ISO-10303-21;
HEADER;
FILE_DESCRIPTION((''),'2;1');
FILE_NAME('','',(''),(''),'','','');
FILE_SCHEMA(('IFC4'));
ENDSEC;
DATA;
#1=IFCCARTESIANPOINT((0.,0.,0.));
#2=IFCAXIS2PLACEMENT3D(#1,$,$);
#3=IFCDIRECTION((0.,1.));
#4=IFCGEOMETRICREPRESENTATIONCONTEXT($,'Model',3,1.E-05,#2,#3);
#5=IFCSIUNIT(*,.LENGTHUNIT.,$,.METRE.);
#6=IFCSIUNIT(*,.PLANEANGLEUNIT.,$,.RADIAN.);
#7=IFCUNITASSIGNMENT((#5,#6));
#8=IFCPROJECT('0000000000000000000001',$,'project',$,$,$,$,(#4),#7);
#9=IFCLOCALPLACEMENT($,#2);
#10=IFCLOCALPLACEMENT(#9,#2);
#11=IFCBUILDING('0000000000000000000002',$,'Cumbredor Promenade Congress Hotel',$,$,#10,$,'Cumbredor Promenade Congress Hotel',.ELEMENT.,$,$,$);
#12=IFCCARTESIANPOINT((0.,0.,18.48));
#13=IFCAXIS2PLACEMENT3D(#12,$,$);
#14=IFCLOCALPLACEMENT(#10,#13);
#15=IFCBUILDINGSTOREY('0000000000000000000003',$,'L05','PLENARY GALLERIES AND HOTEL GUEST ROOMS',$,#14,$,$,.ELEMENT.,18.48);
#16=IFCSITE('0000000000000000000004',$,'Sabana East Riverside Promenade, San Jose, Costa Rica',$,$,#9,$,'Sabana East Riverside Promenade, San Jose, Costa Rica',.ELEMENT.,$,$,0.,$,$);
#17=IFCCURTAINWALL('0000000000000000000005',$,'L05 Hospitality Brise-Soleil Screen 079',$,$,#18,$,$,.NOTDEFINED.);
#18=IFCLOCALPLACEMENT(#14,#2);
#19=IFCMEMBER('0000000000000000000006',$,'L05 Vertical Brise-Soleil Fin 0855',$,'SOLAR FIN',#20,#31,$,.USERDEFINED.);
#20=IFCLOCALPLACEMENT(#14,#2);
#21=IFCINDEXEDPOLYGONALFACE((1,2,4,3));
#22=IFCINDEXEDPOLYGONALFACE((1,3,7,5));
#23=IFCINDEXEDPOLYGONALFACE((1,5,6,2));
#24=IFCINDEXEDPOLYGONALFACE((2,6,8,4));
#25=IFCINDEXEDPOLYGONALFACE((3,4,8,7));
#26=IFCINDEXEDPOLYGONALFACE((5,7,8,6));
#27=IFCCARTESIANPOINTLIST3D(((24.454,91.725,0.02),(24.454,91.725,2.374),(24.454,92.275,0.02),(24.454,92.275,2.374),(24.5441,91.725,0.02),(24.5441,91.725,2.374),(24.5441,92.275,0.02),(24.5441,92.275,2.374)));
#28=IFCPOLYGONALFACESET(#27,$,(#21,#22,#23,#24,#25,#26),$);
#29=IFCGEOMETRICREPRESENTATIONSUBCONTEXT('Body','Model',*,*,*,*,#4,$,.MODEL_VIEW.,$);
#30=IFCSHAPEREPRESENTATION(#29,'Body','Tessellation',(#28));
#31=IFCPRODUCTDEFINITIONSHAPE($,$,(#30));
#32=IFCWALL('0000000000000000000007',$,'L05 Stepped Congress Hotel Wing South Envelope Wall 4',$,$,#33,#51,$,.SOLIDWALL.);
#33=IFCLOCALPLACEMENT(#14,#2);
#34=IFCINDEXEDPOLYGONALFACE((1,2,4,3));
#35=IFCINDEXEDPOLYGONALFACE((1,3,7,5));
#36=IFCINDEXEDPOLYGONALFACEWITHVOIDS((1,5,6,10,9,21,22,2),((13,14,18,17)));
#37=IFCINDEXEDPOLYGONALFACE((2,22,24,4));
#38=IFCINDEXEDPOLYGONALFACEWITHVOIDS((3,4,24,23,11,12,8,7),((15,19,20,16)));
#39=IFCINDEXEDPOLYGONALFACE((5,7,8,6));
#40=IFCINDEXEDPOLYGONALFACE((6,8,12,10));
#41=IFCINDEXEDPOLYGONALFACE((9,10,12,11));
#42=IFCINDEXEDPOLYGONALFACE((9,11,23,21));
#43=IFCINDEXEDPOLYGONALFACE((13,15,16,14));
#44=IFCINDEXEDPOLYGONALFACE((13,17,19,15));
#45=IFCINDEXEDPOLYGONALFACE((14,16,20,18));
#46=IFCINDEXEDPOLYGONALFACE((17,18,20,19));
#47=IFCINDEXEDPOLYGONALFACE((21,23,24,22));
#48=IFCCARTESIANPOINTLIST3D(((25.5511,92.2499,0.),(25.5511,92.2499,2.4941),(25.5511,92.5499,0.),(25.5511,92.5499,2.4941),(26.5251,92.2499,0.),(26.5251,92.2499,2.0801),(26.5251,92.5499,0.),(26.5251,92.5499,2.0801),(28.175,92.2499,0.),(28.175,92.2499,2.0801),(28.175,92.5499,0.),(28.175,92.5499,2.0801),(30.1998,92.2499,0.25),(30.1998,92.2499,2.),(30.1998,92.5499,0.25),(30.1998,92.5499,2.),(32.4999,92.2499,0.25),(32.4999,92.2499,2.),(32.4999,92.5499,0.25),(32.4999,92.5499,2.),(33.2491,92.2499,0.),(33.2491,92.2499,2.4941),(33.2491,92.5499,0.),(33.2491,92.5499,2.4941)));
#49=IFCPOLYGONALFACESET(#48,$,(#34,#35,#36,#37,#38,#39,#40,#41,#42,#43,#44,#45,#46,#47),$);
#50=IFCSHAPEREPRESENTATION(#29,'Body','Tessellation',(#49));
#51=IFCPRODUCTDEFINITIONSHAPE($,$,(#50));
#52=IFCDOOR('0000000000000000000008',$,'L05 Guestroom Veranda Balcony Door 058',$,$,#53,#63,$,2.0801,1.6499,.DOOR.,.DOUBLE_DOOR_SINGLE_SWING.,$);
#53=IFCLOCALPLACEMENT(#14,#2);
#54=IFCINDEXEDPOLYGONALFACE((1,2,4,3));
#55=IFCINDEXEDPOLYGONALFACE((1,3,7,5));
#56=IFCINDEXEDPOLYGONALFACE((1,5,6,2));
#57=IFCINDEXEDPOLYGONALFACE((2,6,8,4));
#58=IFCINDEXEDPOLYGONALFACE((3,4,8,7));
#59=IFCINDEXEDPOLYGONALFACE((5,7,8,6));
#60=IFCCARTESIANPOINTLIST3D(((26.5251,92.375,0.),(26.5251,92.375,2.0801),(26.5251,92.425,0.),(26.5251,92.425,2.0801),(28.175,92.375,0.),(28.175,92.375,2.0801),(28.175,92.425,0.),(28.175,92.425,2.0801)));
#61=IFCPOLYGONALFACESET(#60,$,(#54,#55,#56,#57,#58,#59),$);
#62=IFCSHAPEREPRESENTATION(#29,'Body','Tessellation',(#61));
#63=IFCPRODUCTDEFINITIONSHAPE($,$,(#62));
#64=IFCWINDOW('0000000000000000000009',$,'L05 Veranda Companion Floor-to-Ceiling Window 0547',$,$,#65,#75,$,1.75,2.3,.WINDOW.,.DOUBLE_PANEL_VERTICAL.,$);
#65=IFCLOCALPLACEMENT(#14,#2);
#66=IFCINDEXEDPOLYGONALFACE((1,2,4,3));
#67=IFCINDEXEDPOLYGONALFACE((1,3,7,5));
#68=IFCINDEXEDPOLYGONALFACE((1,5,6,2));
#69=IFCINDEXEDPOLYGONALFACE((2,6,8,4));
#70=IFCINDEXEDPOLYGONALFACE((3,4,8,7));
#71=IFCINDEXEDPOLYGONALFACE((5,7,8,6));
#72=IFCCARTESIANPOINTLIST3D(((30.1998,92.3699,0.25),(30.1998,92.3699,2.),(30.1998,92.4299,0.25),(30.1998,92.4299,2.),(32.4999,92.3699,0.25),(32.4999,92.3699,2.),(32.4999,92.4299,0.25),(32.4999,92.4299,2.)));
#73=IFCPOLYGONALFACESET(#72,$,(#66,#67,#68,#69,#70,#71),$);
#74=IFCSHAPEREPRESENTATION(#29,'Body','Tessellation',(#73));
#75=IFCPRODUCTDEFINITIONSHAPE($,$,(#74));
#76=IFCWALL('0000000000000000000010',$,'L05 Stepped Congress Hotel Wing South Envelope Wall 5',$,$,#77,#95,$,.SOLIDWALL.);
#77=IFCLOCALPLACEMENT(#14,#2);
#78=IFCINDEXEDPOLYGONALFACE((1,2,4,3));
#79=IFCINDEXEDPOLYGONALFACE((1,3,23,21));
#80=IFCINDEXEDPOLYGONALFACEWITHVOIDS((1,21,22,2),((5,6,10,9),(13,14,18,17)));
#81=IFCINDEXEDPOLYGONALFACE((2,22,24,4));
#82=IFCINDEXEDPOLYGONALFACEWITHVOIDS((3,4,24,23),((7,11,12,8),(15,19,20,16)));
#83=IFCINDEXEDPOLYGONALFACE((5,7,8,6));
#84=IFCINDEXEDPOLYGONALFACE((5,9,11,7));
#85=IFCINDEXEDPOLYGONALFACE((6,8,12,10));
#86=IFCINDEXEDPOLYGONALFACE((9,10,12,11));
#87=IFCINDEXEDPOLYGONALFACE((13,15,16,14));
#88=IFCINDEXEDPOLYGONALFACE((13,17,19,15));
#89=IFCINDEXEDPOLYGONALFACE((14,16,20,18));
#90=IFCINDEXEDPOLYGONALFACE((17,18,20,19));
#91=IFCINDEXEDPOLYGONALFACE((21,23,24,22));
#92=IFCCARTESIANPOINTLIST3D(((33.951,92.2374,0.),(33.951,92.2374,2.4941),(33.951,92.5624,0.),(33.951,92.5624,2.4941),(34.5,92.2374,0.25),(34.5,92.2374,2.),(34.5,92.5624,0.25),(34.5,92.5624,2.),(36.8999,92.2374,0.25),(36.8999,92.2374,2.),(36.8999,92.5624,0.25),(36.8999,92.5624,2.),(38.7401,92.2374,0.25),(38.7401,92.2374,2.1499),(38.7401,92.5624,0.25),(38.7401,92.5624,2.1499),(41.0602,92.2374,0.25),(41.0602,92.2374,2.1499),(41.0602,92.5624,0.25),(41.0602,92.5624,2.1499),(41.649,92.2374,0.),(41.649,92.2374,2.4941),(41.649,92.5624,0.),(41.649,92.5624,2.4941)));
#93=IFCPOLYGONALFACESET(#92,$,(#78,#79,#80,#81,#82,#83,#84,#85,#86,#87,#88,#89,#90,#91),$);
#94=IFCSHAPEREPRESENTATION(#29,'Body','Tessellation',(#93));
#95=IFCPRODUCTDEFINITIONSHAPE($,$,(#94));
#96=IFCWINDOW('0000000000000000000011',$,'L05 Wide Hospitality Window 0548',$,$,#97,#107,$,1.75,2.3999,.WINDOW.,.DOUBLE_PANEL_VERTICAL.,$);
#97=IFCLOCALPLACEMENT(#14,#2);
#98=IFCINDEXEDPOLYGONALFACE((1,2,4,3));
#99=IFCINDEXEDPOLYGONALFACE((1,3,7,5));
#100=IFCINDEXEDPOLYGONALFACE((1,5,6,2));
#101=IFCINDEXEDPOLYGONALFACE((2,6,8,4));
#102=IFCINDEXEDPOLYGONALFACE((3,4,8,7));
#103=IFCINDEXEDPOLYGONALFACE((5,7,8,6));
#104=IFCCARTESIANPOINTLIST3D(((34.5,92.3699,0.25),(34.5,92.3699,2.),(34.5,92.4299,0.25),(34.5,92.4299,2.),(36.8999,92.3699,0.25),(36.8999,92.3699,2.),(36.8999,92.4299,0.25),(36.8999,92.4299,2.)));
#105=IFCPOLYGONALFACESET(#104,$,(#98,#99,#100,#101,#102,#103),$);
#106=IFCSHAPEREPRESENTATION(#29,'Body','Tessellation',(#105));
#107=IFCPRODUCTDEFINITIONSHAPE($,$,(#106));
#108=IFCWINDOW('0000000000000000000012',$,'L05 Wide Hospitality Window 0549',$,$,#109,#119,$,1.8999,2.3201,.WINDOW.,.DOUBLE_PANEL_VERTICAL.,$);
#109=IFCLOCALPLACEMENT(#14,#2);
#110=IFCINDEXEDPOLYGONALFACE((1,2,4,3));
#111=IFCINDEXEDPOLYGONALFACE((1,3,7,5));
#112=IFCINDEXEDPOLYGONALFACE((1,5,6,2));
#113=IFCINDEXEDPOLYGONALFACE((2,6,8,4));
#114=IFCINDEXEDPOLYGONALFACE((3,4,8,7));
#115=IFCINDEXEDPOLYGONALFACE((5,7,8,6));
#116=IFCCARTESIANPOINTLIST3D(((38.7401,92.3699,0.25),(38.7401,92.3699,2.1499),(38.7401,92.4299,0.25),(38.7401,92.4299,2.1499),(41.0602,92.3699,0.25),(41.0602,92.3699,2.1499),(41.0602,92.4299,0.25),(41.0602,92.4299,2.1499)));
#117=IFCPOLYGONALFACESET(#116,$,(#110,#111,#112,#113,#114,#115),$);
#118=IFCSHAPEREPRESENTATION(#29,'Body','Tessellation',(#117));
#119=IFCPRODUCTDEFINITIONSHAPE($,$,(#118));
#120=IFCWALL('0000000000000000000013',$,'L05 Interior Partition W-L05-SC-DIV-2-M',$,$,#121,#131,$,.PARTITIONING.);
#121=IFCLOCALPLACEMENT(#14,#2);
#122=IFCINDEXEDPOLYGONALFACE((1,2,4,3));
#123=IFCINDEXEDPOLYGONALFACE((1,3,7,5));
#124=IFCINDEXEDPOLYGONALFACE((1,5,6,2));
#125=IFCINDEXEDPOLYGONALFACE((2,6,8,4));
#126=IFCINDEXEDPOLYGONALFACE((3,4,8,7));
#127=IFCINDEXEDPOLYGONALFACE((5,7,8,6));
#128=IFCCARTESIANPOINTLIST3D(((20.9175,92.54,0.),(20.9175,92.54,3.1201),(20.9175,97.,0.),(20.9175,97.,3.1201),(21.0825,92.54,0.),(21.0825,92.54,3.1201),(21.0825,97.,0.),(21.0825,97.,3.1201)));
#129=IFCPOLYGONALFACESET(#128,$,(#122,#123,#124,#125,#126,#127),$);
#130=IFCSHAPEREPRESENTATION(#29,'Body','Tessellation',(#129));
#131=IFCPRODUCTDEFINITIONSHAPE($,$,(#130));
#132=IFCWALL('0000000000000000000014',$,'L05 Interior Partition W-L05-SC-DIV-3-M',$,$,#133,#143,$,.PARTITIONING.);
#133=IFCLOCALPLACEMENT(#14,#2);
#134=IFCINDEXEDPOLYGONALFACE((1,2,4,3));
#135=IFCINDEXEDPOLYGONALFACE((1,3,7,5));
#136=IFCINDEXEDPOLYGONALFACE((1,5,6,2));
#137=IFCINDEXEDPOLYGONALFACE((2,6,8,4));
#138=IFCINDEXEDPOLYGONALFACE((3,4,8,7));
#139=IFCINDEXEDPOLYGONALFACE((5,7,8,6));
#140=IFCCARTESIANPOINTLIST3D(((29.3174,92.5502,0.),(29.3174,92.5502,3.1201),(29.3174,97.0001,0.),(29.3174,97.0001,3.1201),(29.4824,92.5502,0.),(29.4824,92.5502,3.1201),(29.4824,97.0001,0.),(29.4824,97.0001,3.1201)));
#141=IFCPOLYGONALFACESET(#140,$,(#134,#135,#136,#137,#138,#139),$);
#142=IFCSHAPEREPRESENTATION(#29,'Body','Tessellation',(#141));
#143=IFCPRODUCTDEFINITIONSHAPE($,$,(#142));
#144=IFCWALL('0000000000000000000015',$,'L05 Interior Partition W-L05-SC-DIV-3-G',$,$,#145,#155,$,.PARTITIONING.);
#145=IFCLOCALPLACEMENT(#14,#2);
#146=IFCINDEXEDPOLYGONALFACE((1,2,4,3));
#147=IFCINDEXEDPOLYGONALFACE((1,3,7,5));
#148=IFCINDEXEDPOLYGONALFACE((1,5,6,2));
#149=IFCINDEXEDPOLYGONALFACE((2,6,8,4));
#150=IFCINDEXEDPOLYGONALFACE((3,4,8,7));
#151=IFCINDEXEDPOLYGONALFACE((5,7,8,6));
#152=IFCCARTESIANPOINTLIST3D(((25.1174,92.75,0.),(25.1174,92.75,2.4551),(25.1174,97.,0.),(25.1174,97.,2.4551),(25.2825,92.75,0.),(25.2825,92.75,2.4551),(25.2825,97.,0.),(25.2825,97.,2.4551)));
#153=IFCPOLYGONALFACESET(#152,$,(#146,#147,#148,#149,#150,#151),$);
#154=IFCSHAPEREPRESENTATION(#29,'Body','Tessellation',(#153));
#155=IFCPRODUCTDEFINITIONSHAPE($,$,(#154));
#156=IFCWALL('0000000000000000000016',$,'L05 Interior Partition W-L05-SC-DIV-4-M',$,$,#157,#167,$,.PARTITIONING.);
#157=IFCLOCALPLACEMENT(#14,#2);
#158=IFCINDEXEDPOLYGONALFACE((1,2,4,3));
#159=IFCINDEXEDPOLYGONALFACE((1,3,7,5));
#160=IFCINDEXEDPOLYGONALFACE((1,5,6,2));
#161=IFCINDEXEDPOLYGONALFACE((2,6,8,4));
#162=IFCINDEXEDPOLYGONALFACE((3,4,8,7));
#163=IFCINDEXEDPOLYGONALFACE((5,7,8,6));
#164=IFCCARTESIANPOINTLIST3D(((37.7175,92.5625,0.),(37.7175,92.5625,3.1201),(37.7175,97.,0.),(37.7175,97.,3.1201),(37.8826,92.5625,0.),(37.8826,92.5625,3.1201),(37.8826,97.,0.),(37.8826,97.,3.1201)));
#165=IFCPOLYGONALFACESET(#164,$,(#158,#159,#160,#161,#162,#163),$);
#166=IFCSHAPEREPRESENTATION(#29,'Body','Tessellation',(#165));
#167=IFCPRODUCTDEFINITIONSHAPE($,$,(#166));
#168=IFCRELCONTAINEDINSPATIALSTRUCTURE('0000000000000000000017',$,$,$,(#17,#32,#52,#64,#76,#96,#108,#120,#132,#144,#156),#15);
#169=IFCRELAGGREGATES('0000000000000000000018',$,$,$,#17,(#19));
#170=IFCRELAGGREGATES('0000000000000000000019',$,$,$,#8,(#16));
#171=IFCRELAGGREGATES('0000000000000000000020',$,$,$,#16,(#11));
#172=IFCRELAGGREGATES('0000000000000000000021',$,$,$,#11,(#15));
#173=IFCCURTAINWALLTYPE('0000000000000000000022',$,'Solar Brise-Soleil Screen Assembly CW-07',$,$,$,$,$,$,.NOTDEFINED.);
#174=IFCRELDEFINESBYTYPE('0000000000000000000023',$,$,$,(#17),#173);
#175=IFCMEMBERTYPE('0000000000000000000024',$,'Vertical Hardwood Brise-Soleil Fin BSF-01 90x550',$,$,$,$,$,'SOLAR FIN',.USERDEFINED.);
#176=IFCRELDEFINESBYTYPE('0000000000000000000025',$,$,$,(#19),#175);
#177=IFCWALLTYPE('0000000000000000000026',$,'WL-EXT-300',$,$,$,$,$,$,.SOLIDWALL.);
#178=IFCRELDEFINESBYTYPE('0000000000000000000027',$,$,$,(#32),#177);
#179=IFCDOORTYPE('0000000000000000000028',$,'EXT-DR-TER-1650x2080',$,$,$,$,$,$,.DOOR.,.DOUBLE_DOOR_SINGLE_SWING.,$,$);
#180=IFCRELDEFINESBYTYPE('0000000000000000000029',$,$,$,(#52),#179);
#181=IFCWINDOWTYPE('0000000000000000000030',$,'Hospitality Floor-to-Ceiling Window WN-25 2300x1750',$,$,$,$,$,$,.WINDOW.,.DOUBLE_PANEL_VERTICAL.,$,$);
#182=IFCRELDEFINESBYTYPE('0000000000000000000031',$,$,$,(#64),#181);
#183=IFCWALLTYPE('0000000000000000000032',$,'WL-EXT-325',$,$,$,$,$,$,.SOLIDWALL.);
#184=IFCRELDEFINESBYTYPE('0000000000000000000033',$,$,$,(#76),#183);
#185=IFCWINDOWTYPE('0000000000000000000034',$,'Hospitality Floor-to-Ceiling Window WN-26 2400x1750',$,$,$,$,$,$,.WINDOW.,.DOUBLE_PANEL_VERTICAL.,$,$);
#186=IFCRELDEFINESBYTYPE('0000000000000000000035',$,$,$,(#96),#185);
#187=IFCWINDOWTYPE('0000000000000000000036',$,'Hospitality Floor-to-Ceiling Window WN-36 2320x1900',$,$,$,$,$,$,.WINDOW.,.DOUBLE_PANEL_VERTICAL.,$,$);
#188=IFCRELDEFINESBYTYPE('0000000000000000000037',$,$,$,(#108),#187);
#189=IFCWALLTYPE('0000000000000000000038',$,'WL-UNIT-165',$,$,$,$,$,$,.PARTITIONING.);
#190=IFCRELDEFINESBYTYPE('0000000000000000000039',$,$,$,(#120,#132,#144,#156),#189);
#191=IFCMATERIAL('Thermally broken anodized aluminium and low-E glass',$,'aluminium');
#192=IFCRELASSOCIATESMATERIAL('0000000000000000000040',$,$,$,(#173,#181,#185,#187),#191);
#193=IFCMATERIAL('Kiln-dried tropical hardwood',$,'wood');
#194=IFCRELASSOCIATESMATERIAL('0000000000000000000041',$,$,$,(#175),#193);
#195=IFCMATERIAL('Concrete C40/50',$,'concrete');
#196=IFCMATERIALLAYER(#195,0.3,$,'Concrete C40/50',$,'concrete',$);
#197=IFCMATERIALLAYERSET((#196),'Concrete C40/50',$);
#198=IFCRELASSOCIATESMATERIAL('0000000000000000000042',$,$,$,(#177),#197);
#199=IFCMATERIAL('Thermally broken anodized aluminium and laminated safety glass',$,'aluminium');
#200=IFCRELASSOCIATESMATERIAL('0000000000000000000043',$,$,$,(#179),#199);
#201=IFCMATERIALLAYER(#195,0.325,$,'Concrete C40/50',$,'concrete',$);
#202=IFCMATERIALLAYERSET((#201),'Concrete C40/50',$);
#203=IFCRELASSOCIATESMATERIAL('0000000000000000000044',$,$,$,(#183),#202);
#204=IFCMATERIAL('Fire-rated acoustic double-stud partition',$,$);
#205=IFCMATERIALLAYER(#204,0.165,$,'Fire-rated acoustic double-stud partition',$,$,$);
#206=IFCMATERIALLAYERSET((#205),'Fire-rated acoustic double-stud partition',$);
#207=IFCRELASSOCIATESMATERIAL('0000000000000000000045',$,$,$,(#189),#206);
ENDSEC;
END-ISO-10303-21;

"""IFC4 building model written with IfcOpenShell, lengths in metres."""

from ifc_helpers import new_model, si_unit, direction, frame, frame_2d, origin, origin_2d, place, context, subcontext, project, spatial, rectangle, extrude, material, layer, layer_set, material_profile, profile_set, type_object, element, fill, aggregate, save


model = new_model("IFC4")

# Units and contexts
model_context = context("Model", 3, precision=1e-05, world=origin(), true_north=direction((0.0, 1.0)))
body_context = subcontext(model_context, "Body", "Model", "MODEL_VIEW")
ifc_project = project(units=[si_unit("LENGTHUNIT", "METRE"), si_unit("PLANEANGLEUNIT", "RADIAN")], contexts=[model_context])

# Site, building, storey
site_placement = place(None, origin())
site = spatial("IfcSite", under=ifc_project, at=site_placement, Name="Sabana East Riverside Promenade, San Jose, Costa Rica", LongName="Sabana East Riverside Promenade, San Jose, Costa Rica", CompositionType="ELEMENT", RefElevation=0.0)
building_placement = place(site_placement, origin())
building = spatial("IfcBuilding", under=site, at=building_placement, Name="Cumbredor Promenade Congress Hotel", LongName="Cumbredor Promenade Congress Hotel", CompositionType="ELEMENT")
storey_placement = place(building_placement, frame((0.0, 0.0, 18.48)))
storey = spatial("IfcBuildingStorey", under=building, at=storey_placement, Name="L05", Description="PLENARY GALLERIES AND HOTEL GUEST ROOMS", CompositionType="ELEMENT", Elevation=18.48)

# Shared definitions
ifc_material_1 = material(Name="Concrete C40/50", Category="concrete")

# Curtain wall, member
ifc_material_2 = material(Name="Thermally broken anodized aluminium and low-E glass", Category="aluminium")
curtain_wall_type = type_object("IfcCurtainWallType", Name="Solar Brise-Soleil Screen Assembly CW-07", PredefinedType="NOTDEFINED", material=ifc_material_2)
curtain_wall_placement = place(storey_placement, origin())
curtain_wall = element("IfcCurtainWall", 1, at=curtain_wall_placement, inside=storey, type_object=curtain_wall_type, Name="L05 Hospitality Brise-Soleil Screen 079", PredefinedType="NOTDEFINED")
ifc_material_3 = material(Name="Kiln-dried tropical hardwood", Category="wood")
ifc_material_profile_1 = material_profile(ifc_material_3, rectangle(XDim=0.0901, YDim=0.55, at=origin_2d()), Name="ARCH FIN 90x550")
ifc_profile_set_1 = profile_set([ifc_material_profile_1], Name="Kiln-dried tropical hardwood")
member_type_1 = type_object("IfcMemberType", Name="Vertical Hardwood Brise-Soleil Fin BSF-01 90x550", ElementType="SOLAR FIN", PredefinedType="USERDEFINED", material=ifc_profile_set_1)
member_1_placement = place(storey_placement, frame((24.499, 92.0, 0.02), z_axis=(0.0, 0.0, 1.0), x_axis=(1.0, 0.0, 0.0)))
member_1 = element("IfcMember", 2, at=member_1_placement, type_object=member_type_1, Name="L05 Vertical Brise-Soleil Fin 0855", ObjectType="SOLAR FIN", PredefinedType="USERDEFINED", context=body_context, shape_type="SweptSolid", body=[
    extrude(rectangle(XDim=0.0901, YDim=0.55, at=origin_2d()), origin(), (0.0, 0.0, 1.0), 2.354),
])
aggregate(curtain_wall, [member_1])

# Wall, openings, door, window
ifc_layer_1 = layer(ifc_material_1, 0.3, Name="Concrete C40/50", Category="concrete")
ifc_layer_set_1 = layer_set([ifc_layer_1], Name="Concrete C40/50")
wall_type_1 = type_object("IfcWallType", Name="WL-EXT-300", PredefinedType="SOLIDWALL", material=ifc_layer_set_1)
wall_1_placement = place(storey_placement, frame((25.551, 92.3999, 0.0), z_axis=(0.0, 0.0, 1.0), x_axis=(1.0, 0.0, 0.0)))
wall_1 = element("IfcWall", 3, at=wall_1_placement, inside=storey, type_object=wall_type_1, Name="L05 Stepped Congress Hotel Wing South Envelope Wall 4", PredefinedType="SOLIDWALL", context=body_context, shape_type="SweptSolid", body=[
    extrude(rectangle(XDim=7.698, YDim=0.3, at=frame_2d((3.8491, 0.0))), origin(), (0.0, 0.0, 1.0), 2.4941),
])
opening_1_placement = place(wall_1_placement, frame((0.9741, 0.0, 0.0)))
opening_1 = element("IfcOpeningElement", 4, at=opening_1_placement, cuts=wall_1, PredefinedType="OPENING", context=body_context, shape_type="SweptSolid", body=[
    extrude(rectangle(XDim=1.6499, YDim=2.0801, at=frame_2d((0.825, 1.04))), frame((0.0, 0.1602, 0.0), z_axis=(0.0, -1.0, 0.0), x_axis=(1.0, 0.0, 0.0)), (0.0, 0.0, 1.0), 0.3201),
])
opening_2_placement = place(wall_1_placement, frame((4.6489, 0.0, 0.25)))
opening_2 = element("IfcOpeningElement", 5, at=opening_2_placement, cuts=wall_1, PredefinedType="OPENING", context=body_context, shape_type="SweptSolid", body=[
    extrude(rectangle(XDim=2.3, YDim=1.75, at=frame_2d((1.1499, 0.875))), frame((0.0, 0.1602, 0.0), z_axis=(0.0, -1.0, 0.0), x_axis=(1.0, 0.0, 0.0)), (0.0, 0.0, 1.0), 0.3201),
])
ifc_material_4 = material(Name="Thermally broken anodized aluminium and laminated safety glass", Category="aluminium")
door_type = type_object("IfcDoorType", Name="EXT-DR-TER-1650x2080", OperationType="DOUBLE_DOOR_SINGLE_SWING", PredefinedType="DOOR", material=ifc_material_4)
door_placement = place(opening_1_placement, frame((1.6499, 0.0, 0.0), z_axis=(0.0, 0.0, 1.0), x_axis=(-1.0, 0.0, 0.0)))
door = element("IfcDoor", 6, at=door_placement, inside=storey, type_object=door_type, Name="L05 Guestroom Veranda Balcony Door 058", OperationType="DOUBLE_DOOR_SINGLE_SWING", OverallHeight=2.0801, OverallWidth=1.6499, PredefinedType="DOOR", context=body_context, shape_type="SweptSolid", body=[
    extrude(rectangle(XDim=1.6499, YDim=2.0801, at=frame_2d((0.825, 1.04))), frame((0.0, 0.0249, 0.0), z_axis=(0.0, -1.0, 0.0), x_axis=(1.0, 0.0, 0.0)), (0.0, 0.0, 1.0), 0.05),
])
fill(opening_1, door)
window_type_1 = type_object("IfcWindowType", Name="Hospitality Floor-to-Ceiling Window WN-25 2300x1750", PartitioningType="DOUBLE_PANEL_VERTICAL", PredefinedType="WINDOW", material=ifc_material_2)
window_1_placement = place(opening_2_placement, origin())
window_1 = element("IfcWindow", 7, at=window_1_placement, inside=storey, type_object=window_type_1, Name="L05 Veranda Companion Floor-to-Ceiling Window 0547", OverallHeight=1.75, OverallWidth=2.3, PartitioningType="DOUBLE_PANEL_VERTICAL", PredefinedType="WINDOW", context=body_context, shape_type="SweptSolid", body=[
    extrude(rectangle(XDim=2.3, YDim=1.75, at=frame_2d((1.1499, 0.875))), frame((0.0, 0.03, 0.0), z_axis=(0.0, -1.0, 0.0), x_axis=(1.0, 0.0, 0.0)), (0.0, 0.0, 1.0), 0.0601),
])
fill(opening_2, window_1)

# Wall, openings, windows
ifc_layer_2 = layer(ifc_material_1, 0.325, Name="Concrete C40/50", Category="concrete")
ifc_layer_set_2 = layer_set([ifc_layer_2], Name="Concrete C40/50")
wall_type_2 = type_object("IfcWallType", Name="WL-EXT-325", PredefinedType="SOLIDWALL", material=ifc_layer_set_2)
wall_2_placement = place(storey_placement, frame((33.9509, 92.3999, 0.0), z_axis=(0.0, 0.0, 1.0), x_axis=(1.0, 0.0, 0.0)))
wall_2 = element("IfcWall", 8, at=wall_2_placement, inside=storey, type_object=wall_type_2, Name="L05 Stepped Congress Hotel Wing South Envelope Wall 5", PredefinedType="SOLIDWALL", context=body_context, shape_type="SweptSolid", body=[
    extrude(rectangle(XDim=7.698, YDim=0.325, at=frame_2d((3.8491, 0.0))), origin(), (0.0, 0.0, 1.0), 2.4941),
])
opening_3_placement = place(wall_2_placement, frame((0.5491, 0.0, 0.25)))
opening_3 = element("IfcOpeningElement", 9, at=opening_3_placement, cuts=wall_2, PredefinedType="OPENING", context=body_context, shape_type="SweptSolid", body=[
    extrude(rectangle(XDim=2.3999, YDim=1.75, at=frame_2d((1.2, 0.875))), frame((0.0, 0.1724, 0.0), z_axis=(0.0, -1.0, 0.0), x_axis=(1.0, 0.0, 0.0)), (0.0, 0.0, 1.0), 0.345),
])
opening_4_placement = place(wall_2_placement, frame((4.7891, 0.0, 0.25)))
opening_4 = element("IfcOpeningElement", 10, at=opening_4_placement, cuts=wall_2, PredefinedType="OPENING", context=body_context, shape_type="SweptSolid", body=[
    extrude(rectangle(XDim=2.3201, YDim=1.8999, at=frame_2d((1.1602, 0.95))), frame((0.0, 0.1724, 0.0), z_axis=(0.0, -1.0, 0.0), x_axis=(1.0, 0.0, 0.0)), (0.0, 0.0, 1.0), 0.345),
])
window_type_2 = type_object("IfcWindowType", Name="Hospitality Floor-to-Ceiling Window WN-26 2400x1750", PartitioningType="DOUBLE_PANEL_VERTICAL", PredefinedType="WINDOW", material=ifc_material_2)
window_2_placement = place(opening_3_placement, origin())
window_2 = element("IfcWindow", 11, at=window_2_placement, inside=storey, type_object=window_type_2, Name="L05 Wide Hospitality Window 0548", OverallHeight=1.75, OverallWidth=2.3999, PartitioningType="DOUBLE_PANEL_VERTICAL", PredefinedType="WINDOW", context=body_context, shape_type="SweptSolid", body=[
    extrude(rectangle(XDim=2.3999, YDim=1.75, at=frame_2d((1.2, 0.875))), frame((0.0, 0.03, 0.0), z_axis=(0.0, -1.0, 0.0), x_axis=(1.0, 0.0, 0.0)), (0.0, 0.0, 1.0), 0.0601),
])
fill(opening_3, window_2)
window_type_3 = type_object("IfcWindowType", Name="Hospitality Floor-to-Ceiling Window WN-36 2320x1900", PartitioningType="DOUBLE_PANEL_VERTICAL", PredefinedType="WINDOW", material=ifc_material_2)
window_3_placement = place(opening_4_placement, origin())
window_3 = element("IfcWindow", 12, at=window_3_placement, inside=storey, type_object=window_type_3, Name="L05 Wide Hospitality Window 0549", OverallHeight=1.8999, OverallWidth=2.3201, PartitioningType="DOUBLE_PANEL_VERTICAL", PredefinedType="WINDOW", context=body_context, shape_type="SweptSolid", body=[
    extrude(rectangle(XDim=2.3201, YDim=1.8999, at=frame_2d((1.1602, 0.95))), frame((0.0, 0.03, 0.0), z_axis=(0.0, -1.0, 0.0), x_axis=(1.0, 0.0, 0.0)), (0.0, 0.0, 1.0), 0.0601),
])
fill(opening_4, window_3)

# Walls
ifc_material_5 = material(Name="Fire-rated acoustic double-stud partition")
ifc_layer_3 = layer(ifc_material_5, 0.165, Name="Fire-rated acoustic double-stud partition")
ifc_layer_set_3 = layer_set([ifc_layer_3], Name="Fire-rated acoustic double-stud partition")
wall_type_3 = type_object("IfcWallType", Name="WL-UNIT-165", PredefinedType="PARTITIONING", material=ifc_layer_set_3)
wall_3_placement = place(storey_placement, frame((21.0, 92.54, 0.0), z_axis=(0.0, 0.0, 1.0), x_axis=(0.0, 1.0, 0.0)))
element("IfcWall", 13, at=wall_3_placement, inside=storey, type_object=wall_type_3, Name="L05 Interior Partition W-L05-SC-DIV-2-M", PredefinedType="PARTITIONING", context=body_context, shape_type="SweptSolid", body=[
    extrude(rectangle(XDim=4.46, YDim=0.165, at=frame_2d((2.23, 0.0))), origin(), (0.0, 0.0, 1.0), 3.1201),
])
wall_4_placement = place(storey_placement, frame((29.3999, 92.55, 0.0), z_axis=(0.0, 0.0, 1.0), x_axis=(0.0, 1.0, 0.0)))
element("IfcWall", 14, at=wall_4_placement, inside=storey, type_object=wall_type_3, Name="L05 Interior Partition W-L05-SC-DIV-3-M", PredefinedType="PARTITIONING", context=body_context, shape_type="SweptSolid", body=[
    extrude(rectangle(XDim=4.45, YDim=0.165, at=frame_2d((2.2251, 0.0))), origin(), (0.0, 0.0, 1.0), 3.1201),
])
wall_5_placement = place(storey_placement, frame((25.2, 92.75, 0.0), z_axis=(0.0, 0.0, 1.0), x_axis=(0.0, 1.0, 0.0)))
element("IfcWall", 15, at=wall_5_placement, inside=storey, type_object=wall_type_3, Name="L05 Interior Partition W-L05-SC-DIV-3-G", PredefinedType="PARTITIONING", context=body_context, shape_type="SweptSolid", body=[
    extrude(rectangle(XDim=4.25, YDim=0.165, at=frame_2d((2.125, 0.0))), origin(), (0.0, 0.0, 1.0), 2.4551),
])
wall_6_placement = place(storey_placement, frame((37.8, 92.5625, 0.0), z_axis=(0.0, 0.0, 1.0), x_axis=(0.0, 1.0, 0.0)))
element("IfcWall", 16, at=wall_6_placement, inside=storey, type_object=wall_type_3, Name="L05 Interior Partition W-L05-SC-DIV-4-M", PredefinedType="PARTITIONING", context=body_context, shape_type="SweptSolid", body=[
    extrude(rectangle(XDim=4.4375, YDim=0.165, at=frame_2d((2.2188, 0.0))), origin(), (0.0, 0.0, 1.0), 3.1201),
])

save(model, "model.ifc")
